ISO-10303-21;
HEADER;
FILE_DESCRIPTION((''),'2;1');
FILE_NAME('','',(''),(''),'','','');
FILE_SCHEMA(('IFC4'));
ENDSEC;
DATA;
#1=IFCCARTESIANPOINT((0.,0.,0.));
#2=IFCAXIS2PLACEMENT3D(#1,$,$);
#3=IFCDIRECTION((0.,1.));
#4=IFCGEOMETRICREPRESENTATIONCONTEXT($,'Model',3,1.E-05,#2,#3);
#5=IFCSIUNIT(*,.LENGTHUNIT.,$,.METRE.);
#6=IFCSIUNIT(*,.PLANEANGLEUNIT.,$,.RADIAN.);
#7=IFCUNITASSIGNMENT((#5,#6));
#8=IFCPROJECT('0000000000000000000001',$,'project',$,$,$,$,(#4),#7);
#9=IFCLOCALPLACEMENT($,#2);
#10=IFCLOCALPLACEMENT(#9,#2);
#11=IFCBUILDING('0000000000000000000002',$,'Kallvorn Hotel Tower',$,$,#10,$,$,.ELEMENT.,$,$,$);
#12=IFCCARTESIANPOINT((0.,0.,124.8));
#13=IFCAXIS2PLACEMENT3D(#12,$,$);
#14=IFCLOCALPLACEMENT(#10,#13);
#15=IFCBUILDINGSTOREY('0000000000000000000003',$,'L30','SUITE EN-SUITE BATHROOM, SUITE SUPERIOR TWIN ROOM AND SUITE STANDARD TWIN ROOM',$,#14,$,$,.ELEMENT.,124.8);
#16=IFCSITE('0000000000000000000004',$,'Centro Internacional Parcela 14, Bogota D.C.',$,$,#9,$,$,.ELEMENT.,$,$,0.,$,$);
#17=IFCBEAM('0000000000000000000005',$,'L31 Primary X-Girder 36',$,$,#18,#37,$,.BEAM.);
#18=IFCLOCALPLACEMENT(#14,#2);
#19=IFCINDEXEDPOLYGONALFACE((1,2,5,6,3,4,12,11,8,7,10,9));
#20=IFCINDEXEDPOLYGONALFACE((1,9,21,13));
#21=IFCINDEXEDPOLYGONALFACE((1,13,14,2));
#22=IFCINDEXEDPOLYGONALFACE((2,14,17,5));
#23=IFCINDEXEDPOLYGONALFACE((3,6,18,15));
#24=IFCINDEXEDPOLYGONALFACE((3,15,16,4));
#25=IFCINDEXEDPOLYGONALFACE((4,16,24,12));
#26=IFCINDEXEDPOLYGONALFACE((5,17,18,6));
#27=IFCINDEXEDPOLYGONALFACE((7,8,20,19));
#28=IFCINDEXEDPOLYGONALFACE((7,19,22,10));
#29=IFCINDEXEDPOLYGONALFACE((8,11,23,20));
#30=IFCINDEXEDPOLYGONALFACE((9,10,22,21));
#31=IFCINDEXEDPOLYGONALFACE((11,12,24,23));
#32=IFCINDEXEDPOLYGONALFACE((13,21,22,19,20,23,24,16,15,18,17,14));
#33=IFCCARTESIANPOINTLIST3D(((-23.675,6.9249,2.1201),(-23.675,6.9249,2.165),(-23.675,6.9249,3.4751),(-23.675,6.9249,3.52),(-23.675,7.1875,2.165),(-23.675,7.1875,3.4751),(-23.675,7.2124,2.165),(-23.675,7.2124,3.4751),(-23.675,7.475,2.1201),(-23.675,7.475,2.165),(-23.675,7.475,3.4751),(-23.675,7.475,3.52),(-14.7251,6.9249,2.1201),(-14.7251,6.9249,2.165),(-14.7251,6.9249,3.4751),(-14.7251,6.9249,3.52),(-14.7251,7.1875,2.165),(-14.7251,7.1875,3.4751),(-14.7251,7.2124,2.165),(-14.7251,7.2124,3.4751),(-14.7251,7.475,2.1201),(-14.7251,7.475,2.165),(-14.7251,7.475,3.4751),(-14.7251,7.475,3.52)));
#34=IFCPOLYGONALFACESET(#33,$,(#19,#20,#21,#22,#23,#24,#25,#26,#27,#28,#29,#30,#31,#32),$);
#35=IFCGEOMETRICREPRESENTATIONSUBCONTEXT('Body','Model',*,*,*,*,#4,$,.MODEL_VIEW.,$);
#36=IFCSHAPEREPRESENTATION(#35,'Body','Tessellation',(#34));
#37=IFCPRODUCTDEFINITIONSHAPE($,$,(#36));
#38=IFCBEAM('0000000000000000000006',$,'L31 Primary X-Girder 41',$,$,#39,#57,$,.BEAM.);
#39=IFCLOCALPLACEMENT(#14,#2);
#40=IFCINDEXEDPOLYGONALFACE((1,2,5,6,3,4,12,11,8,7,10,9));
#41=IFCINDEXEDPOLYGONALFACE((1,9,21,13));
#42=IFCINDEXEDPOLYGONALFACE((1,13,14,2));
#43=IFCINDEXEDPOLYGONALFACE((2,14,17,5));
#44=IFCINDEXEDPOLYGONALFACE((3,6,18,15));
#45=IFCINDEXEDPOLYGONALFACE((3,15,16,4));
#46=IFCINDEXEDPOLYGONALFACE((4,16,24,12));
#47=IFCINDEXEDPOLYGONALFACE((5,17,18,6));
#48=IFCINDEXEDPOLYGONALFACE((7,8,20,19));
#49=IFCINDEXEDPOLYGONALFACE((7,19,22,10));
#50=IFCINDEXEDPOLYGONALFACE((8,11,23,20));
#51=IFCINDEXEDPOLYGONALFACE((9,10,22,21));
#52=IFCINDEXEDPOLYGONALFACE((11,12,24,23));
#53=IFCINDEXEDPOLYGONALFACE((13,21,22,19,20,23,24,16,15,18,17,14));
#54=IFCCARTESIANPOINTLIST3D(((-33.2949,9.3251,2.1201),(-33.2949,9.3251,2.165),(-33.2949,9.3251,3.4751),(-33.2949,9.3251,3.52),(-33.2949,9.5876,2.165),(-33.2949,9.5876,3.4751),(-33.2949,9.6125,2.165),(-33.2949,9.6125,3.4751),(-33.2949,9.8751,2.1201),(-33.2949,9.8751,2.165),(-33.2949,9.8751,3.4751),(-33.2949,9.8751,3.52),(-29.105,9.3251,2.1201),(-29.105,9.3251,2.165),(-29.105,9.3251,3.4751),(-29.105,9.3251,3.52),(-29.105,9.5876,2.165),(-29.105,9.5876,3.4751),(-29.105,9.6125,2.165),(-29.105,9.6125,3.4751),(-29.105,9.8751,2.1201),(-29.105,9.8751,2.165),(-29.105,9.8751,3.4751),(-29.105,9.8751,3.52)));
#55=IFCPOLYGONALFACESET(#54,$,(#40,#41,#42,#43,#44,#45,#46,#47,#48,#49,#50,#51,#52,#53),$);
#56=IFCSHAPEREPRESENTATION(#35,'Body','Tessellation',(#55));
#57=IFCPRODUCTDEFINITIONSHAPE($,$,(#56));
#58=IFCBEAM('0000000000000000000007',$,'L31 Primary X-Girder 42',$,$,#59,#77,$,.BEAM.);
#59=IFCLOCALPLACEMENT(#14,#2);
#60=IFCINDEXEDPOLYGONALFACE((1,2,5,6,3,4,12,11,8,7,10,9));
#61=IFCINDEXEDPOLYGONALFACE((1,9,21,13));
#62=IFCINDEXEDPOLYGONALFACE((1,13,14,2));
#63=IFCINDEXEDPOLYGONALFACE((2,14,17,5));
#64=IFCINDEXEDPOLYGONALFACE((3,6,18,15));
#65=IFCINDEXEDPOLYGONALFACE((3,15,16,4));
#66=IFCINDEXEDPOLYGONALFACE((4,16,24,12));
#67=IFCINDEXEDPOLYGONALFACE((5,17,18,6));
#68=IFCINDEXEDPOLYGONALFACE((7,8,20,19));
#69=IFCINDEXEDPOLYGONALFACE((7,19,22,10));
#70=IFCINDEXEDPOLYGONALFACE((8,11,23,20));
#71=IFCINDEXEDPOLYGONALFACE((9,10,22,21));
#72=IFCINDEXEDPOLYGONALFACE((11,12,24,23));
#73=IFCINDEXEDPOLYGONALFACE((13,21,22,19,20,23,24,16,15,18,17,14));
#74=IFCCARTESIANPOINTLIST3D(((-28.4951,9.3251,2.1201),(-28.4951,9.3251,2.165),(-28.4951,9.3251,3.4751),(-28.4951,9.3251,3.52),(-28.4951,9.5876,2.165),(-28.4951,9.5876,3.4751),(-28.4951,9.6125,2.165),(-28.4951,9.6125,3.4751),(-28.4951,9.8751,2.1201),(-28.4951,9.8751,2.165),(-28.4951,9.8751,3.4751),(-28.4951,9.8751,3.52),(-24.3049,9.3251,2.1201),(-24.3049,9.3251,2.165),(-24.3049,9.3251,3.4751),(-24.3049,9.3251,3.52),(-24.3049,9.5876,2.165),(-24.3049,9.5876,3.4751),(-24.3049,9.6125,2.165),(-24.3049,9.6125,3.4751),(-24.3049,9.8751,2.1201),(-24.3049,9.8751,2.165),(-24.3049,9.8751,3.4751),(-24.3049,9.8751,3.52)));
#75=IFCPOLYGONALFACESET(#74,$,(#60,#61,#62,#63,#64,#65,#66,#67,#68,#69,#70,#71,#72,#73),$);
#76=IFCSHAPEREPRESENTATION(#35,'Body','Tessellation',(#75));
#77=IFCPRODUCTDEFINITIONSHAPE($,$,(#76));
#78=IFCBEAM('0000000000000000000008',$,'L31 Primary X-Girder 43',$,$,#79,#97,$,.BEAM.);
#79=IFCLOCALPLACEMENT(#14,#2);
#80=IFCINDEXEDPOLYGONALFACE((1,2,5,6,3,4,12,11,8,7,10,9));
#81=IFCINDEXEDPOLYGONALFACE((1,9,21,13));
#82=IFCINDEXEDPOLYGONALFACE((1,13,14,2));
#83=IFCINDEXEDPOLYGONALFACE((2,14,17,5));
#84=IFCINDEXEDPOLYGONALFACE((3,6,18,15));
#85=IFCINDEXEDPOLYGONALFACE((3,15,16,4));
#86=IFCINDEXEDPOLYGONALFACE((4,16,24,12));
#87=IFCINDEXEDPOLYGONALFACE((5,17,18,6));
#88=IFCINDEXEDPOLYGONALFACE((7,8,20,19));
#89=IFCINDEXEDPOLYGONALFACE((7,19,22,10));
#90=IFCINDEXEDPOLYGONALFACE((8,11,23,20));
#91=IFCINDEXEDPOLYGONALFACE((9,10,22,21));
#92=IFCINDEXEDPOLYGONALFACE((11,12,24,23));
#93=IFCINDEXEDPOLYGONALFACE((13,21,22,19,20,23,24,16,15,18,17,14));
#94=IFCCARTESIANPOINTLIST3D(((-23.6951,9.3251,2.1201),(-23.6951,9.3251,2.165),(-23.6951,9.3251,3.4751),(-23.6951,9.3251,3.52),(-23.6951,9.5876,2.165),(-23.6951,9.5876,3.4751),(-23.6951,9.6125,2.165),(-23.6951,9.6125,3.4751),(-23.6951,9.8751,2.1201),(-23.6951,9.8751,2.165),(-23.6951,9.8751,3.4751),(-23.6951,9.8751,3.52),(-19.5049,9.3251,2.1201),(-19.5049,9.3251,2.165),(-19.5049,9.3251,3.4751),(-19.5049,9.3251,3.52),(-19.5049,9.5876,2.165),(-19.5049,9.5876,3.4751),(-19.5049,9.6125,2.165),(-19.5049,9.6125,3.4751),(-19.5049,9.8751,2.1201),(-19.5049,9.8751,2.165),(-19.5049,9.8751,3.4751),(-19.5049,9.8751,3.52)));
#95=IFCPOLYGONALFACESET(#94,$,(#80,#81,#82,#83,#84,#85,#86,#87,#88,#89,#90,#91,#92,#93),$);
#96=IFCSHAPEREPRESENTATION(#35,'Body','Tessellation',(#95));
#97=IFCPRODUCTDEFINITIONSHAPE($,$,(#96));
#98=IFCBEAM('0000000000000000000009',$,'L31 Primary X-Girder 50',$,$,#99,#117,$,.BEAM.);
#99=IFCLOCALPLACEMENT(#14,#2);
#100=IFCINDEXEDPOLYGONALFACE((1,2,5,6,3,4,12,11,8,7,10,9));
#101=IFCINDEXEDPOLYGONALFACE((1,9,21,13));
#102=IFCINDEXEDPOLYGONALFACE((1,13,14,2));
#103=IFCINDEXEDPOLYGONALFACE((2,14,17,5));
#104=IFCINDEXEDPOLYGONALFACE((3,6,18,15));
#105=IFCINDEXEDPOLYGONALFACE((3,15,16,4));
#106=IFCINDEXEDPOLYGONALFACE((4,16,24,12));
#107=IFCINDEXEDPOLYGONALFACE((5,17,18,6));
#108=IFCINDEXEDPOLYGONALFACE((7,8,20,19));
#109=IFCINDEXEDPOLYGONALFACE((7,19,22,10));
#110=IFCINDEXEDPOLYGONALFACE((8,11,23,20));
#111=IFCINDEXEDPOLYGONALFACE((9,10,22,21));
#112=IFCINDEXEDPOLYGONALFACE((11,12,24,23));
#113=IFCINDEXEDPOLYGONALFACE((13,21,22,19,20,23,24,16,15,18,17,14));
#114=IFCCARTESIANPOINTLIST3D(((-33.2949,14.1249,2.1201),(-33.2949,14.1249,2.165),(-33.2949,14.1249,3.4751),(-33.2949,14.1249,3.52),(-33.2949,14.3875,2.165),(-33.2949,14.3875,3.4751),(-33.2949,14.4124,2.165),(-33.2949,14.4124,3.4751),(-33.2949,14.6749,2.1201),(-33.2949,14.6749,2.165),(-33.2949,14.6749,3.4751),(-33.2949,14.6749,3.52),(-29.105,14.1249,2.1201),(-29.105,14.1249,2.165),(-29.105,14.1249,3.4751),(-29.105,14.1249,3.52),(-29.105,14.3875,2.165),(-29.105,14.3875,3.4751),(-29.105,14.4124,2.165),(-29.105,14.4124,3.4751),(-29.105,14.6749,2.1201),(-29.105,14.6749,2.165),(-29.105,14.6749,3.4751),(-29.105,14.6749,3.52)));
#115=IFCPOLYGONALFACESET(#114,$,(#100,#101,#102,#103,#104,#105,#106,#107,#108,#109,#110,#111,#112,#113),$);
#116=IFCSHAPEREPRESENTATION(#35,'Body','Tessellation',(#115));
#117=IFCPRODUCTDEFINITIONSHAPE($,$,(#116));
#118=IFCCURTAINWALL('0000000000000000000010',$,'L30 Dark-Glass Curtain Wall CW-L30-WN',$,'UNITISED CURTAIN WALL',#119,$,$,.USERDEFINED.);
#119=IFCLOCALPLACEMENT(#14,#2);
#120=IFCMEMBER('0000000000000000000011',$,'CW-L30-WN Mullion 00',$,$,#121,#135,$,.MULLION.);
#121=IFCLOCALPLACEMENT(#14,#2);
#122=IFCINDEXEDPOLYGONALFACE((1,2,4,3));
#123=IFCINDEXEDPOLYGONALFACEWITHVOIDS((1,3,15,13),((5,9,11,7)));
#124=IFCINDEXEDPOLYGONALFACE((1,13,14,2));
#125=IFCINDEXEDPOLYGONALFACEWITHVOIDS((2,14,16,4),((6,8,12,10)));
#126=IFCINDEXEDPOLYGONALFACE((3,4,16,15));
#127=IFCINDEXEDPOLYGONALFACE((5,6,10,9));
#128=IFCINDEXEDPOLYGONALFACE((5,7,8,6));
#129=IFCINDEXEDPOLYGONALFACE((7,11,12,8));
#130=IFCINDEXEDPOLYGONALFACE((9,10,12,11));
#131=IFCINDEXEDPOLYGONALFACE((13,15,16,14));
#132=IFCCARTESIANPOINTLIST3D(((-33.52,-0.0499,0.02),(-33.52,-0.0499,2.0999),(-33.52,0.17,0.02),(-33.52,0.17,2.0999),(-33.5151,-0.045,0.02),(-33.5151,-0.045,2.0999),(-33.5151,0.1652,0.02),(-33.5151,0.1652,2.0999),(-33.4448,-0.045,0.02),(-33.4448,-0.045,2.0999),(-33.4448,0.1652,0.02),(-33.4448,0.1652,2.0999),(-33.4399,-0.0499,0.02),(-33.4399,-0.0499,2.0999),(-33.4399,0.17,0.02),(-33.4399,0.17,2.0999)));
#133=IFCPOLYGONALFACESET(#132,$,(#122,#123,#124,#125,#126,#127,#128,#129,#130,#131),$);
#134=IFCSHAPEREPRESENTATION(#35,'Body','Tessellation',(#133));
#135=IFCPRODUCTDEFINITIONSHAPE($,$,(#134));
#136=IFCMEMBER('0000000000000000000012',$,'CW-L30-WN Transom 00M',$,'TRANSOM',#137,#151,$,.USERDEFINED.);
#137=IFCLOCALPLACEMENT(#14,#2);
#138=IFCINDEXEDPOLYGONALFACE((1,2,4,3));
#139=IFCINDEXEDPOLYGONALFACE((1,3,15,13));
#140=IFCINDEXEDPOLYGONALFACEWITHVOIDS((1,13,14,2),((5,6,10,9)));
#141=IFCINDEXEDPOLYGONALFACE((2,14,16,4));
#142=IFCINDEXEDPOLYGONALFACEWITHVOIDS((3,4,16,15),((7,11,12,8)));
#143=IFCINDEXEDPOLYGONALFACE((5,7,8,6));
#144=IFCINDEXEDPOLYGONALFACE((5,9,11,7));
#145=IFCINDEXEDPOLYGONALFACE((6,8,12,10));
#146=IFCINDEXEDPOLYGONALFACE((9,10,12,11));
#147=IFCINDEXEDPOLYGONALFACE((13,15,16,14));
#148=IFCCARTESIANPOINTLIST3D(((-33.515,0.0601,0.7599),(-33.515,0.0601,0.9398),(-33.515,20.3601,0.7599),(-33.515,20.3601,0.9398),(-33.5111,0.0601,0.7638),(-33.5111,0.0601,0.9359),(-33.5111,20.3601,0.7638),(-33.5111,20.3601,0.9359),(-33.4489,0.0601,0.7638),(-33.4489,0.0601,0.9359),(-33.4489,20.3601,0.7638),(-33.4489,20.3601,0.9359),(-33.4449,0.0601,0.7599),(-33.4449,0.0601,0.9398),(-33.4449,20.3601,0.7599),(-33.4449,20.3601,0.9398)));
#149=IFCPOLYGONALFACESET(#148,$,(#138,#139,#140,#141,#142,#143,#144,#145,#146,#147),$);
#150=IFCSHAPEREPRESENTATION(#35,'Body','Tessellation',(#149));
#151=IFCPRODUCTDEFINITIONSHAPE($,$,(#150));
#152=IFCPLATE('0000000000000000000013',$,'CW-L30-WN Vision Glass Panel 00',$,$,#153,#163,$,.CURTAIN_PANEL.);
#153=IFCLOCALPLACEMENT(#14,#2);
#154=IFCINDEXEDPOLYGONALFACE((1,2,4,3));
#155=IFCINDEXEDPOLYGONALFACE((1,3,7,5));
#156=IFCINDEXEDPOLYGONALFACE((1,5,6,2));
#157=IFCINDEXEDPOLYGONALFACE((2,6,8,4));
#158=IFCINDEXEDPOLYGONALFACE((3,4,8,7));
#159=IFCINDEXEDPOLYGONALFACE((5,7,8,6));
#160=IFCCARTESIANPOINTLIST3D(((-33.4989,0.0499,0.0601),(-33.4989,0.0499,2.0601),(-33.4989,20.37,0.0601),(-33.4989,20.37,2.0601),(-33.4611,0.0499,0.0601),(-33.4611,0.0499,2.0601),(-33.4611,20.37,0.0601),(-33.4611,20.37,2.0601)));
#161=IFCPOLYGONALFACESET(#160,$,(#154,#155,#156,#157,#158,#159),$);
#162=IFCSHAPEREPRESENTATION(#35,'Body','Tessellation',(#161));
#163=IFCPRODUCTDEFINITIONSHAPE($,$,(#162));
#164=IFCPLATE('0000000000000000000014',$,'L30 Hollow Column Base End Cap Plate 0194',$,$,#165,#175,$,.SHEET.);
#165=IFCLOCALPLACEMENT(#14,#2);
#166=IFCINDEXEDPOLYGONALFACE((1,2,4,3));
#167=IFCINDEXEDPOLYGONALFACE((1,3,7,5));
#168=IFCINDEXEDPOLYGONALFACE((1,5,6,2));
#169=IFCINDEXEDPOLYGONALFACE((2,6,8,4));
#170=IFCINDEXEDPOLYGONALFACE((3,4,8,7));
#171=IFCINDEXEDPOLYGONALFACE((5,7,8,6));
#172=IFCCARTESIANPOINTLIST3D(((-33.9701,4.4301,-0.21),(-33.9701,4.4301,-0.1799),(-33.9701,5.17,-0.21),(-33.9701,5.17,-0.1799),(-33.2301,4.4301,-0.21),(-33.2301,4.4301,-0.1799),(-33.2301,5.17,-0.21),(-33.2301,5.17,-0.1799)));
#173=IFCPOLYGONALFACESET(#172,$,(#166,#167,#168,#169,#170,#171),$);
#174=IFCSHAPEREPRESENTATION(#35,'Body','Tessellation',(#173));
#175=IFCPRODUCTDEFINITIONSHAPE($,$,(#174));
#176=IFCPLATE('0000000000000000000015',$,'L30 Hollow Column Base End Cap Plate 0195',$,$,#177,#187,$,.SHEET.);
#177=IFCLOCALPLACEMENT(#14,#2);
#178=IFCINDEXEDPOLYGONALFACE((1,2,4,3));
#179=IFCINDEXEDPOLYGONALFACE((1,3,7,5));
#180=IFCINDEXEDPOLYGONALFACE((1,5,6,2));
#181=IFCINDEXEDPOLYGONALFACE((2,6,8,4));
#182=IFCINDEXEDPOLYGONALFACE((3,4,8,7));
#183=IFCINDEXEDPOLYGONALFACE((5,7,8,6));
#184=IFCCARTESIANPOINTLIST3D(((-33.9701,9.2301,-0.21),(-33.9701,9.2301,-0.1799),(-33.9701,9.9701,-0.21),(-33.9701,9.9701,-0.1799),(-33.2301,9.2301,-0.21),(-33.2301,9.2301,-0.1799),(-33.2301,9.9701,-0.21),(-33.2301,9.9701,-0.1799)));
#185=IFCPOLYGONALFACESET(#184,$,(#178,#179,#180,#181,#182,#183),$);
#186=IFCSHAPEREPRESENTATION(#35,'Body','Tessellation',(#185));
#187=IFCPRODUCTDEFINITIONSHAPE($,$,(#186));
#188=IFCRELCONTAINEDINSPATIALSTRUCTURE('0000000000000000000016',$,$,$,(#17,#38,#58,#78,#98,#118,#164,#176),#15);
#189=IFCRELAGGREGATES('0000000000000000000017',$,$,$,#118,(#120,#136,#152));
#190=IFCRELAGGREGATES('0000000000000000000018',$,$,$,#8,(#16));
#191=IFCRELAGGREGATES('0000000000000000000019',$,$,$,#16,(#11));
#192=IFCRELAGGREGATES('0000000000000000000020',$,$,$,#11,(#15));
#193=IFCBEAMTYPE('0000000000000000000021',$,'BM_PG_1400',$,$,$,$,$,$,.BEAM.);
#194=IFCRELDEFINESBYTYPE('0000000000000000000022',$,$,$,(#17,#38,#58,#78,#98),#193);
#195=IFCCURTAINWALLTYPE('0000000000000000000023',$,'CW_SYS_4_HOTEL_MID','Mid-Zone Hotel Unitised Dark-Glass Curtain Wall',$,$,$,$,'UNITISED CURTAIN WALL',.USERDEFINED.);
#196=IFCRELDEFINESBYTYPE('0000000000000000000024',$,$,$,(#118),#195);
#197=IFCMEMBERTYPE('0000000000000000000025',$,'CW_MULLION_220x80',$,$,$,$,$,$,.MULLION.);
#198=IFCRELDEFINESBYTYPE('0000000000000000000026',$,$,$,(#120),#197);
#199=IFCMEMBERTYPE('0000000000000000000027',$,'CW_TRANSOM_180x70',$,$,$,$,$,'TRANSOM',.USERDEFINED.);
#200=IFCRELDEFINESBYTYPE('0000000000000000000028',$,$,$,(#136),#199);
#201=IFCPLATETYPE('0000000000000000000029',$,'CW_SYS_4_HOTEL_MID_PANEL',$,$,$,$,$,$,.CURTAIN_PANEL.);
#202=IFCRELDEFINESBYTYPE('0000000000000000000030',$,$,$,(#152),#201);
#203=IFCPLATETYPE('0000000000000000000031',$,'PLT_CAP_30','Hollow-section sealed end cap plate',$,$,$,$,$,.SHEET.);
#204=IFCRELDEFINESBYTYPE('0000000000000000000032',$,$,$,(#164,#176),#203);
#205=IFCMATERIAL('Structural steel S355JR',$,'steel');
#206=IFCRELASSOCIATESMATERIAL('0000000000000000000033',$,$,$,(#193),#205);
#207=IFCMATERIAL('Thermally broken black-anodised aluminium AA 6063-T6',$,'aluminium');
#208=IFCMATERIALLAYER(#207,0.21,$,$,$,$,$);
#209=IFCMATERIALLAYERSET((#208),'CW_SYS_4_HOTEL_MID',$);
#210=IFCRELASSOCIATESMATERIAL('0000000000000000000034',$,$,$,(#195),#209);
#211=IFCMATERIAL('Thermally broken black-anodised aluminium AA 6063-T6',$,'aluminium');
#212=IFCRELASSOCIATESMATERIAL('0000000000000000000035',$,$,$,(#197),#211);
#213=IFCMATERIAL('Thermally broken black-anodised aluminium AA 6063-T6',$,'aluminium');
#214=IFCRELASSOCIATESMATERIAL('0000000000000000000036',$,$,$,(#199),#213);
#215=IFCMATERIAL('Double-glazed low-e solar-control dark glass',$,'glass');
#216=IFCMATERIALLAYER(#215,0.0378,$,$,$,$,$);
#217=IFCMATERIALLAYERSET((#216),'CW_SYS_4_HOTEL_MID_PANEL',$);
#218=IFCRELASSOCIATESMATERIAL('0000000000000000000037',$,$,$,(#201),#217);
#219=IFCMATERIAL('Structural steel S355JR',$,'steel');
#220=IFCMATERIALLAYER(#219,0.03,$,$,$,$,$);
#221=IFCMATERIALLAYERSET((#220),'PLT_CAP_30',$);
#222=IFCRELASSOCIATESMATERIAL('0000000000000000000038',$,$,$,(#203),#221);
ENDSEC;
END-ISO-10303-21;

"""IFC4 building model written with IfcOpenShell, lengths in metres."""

from ifc_helpers import new_model, si_unit, direction, frame, origin, origin_2d, place, context, subcontext, project, spatial, rectangle, hollow_rectangle, i_section, extrude, material, layer, layer_set, material_profile, profile_set, type_object, element, aggregate, save


model = new_model("IFC4")

# Units and contexts
model_context = context("Model", 3, precision=1e-05, world=origin(), true_north=direction((0.0, 1.0)))
body_context = subcontext(model_context, "Body", "Model", "MODEL_VIEW")
ifc_project = project(units=[si_unit("LENGTHUNIT", "METRE"), si_unit("PLANEANGLEUNIT", "RADIAN")], contexts=[model_context])

# Site, building, storey
site_placement = place(None, origin())
site = spatial("IfcSite", under=ifc_project, at=site_placement, Name="Centro Internacional Parcela 14, Bogota D.C.", CompositionType="ELEMENT", RefElevation=0.0)
building_placement = place(site_placement, origin())
building = spatial("IfcBuilding", under=site, at=building_placement, Name="Kallvorn Hotel Tower", CompositionType="ELEMENT")
storey_placement = place(building_placement, frame((0.0, 0.0, 124.8)))
storey = spatial("IfcBuildingStorey", under=building, at=storey_placement, Name="L30", Description="SUITE EN-SUITE BATHROOM, SUITE SUPERIOR TWIN ROOM AND SUITE STANDARD TWIN ROOM", CompositionType="ELEMENT", Elevation=124.8)

# Beams
ifc_material_1 = material(Name="Structural steel S355JR", Category="steel")
ifc_material_profile_1 = material_profile(ifc_material_1, i_section(OverallWidth=0.55, OverallDepth=1.3999, WebThickness=0.0249, FlangeThickness=0.0449, at=origin_2d()), Name="PG 1400x550x25x45")
ifc_profile_set_1 = profile_set([ifc_material_profile_1], Name="Structural steel S355JR")
beam_type_1 = type_object("IfcBeamType", Name="BM_PG_1400", PredefinedType="BEAM", material=ifc_profile_set_1)
beam_1_placement = place(storey_placement, frame((-23.675, 7.2, 2.8201), z_axis=(1.0, 0.0, 0.0), x_axis=(0.0, 1.0, 0.0)))
element("IfcBeam", 1, at=beam_1_placement, inside=storey, type_object=beam_type_1, Name="L31 Primary X-Girder 36", PredefinedType="BEAM", context=body_context, shape_type="SweptSolid", body=[
    extrude(i_section(OverallWidth=0.55, OverallDepth=1.3999, WebThickness=0.0249, FlangeThickness=0.0449, at=origin_2d()), origin(), (0.0, 0.0, 1.0), 8.95),
])
beam_2_placement = place(storey_placement, frame((-33.2949, 9.6001, 2.8201), z_axis=(1.0, 0.0, 0.0), x_axis=(0.0, 1.0, 0.0)))
element("IfcBeam", 2, at=beam_2_placement, inside=storey, type_object=beam_type_1, Name="L31 Primary X-Girder 41", PredefinedType="BEAM", context=body_context, shape_type="SweptSolid", body=[
    extrude(i_section(OverallWidth=0.55, OverallDepth=1.3999, WebThickness=0.0249, FlangeThickness=0.0449, at=origin_2d()), origin(), (0.0, 0.0, 1.0), 4.1899),
])
for number, where, z_axis, x_axis, name in (
    (3, (-28.4951, 9.6001, 2.8201), (1.0, 0.0, 0.0), (0.0, 1.0, 0.0), "L31 Primary X-Girder 42"),
    (4, (-23.6951, 9.6001, 2.8201), (1.0, 0.0, 0.0), (0.0, 1.0, 0.0), "L31 Primary X-Girder 43"),
):
    element("IfcBeam", number, at=place(storey_placement, frame(where, z_axis=z_axis, x_axis=x_axis)), inside=storey, type_object=beam_type_1, Name=name, PredefinedType="BEAM", context=body_context, shape_type="SweptSolid", body=[
        extrude(i_section(OverallWidth=0.55, OverallDepth=1.3999, WebThickness=0.0249, FlangeThickness=0.0449, at=origin_2d()), origin(), (0.0, 0.0, 1.0), 4.1902),
    ])
beam_3_placement = place(storey_placement, frame((-33.2949, 14.3999, 2.8201), z_axis=(1.0, 0.0, 0.0), x_axis=(0.0, 1.0, 0.0)))
element("IfcBeam", 5, at=beam_3_placement, inside=storey, type_object=beam_type_1, Name="L31 Primary X-Girder 50", PredefinedType="BEAM", context=body_context, shape_type="SweptSolid", body=[
    extrude(i_section(OverallWidth=0.55, OverallDepth=1.3999, WebThickness=0.0249, FlangeThickness=0.0449, at=origin_2d()), origin(), (0.0, 0.0, 1.0), 4.1899),
])

# Curtain wall, members, plate
ifc_material_2 = material(Name="Thermally broken black-anodised aluminium AA 6063-T6", Category="aluminium")
ifc_layer_1 = layer(ifc_material_2, 0.21)
ifc_layer_set_1 = layer_set([ifc_layer_1], Name="CW_SYS_4_HOTEL_MID")
curtain_wall_type = type_object("IfcCurtainWallType", Name="CW_SYS_4_HOTEL_MID", Description="Mid-Zone Hotel Unitised Dark-Glass Curtain Wall", ElementType="UNITISED CURTAIN WALL", PredefinedType="USERDEFINED", material=ifc_layer_set_1)
curtain_wall_placement = place(storey_placement, origin())
curtain_wall = element("IfcCurtainWall", 6, at=curtain_wall_placement, inside=storey, type_object=curtain_wall_type, Name="L30 Dark-Glass Curtain Wall CW-L30-WN", ObjectType="UNITISED CURTAIN WALL", PredefinedType="USERDEFINED")
ifc_material_3 = material(Name="Thermally broken black-anodised aluminium AA 6063-T6", Category="aluminium")
ifc_material_profile_2 = material_profile(ifc_material_3, hollow_rectangle(XDim=0.0801, YDim=0.22, WallThickness=0.0049, at=origin_2d()), Name="MUL 220x80")
ifc_profile_set_2 = profile_set([ifc_material_profile_2], Name="Thermally broken black-anodised aluminium AA 6063-T6")
member_type_1 = type_object("IfcMemberType", Name="CW_MULLION_220x80", PredefinedType="MULLION", material=ifc_profile_set_2)
member_1_placement = place(storey_placement, frame((-33.48, 0.0601, 0.02), z_axis=(0.0, 0.0, 1.0), x_axis=(1.0, 0.0, 0.0)))
member_1 = element("IfcMember", 7, at=member_1_placement, type_object=member_type_1, Name="CW-L30-WN Mullion 00", PredefinedType="MULLION", context=body_context, shape_type="SweptSolid", body=[
    extrude(hollow_rectangle(XDim=0.0801, YDim=0.22, WallThickness=0.0049, at=origin_2d()), origin(), (0.0, 0.0, 1.0), 2.0798),
])
ifc_material_4 = material(Name="Thermally broken black-anodised aluminium AA 6063-T6", Category="aluminium")
ifc_material_profile_3 = material_profile(ifc_material_4, hollow_rectangle(XDim=0.0701, YDim=0.1799, WallThickness=0.0039, at=origin_2d()), Name="TRN 180x70")
ifc_profile_set_3 = profile_set([ifc_material_profile_3], Name="Thermally broken black-anodised aluminium AA 6063-T6")
member_type_2 = type_object("IfcMemberType", Name="CW_TRANSOM_180x70", ElementType="TRANSOM", PredefinedType="USERDEFINED", material=ifc_profile_set_3)
member_2_placement = place(storey_placement, frame((-33.48, 0.0601, 0.8499), z_axis=(0.0, 1.0, 0.0), x_axis=(-1.0, 0.0, 0.0)))
member_2 = element("IfcMember", 8, at=member_2_placement, type_object=member_type_2, Name="CW-L30-WN Transom 00M", ObjectType="TRANSOM", PredefinedType="USERDEFINED", context=body_context, shape_type="SweptSolid", body=[
    extrude(hollow_rectangle(XDim=0.0701, YDim=0.1799, WallThickness=0.0039, at=origin_2d()), origin(), (0.0, 0.0, 1.0), 20.3),
])
ifc_material_5 = material(Name="Double-glazed low-e solar-control dark glass", Category="glass")
ifc_layer_2 = layer(ifc_material_5, 0.0378)
ifc_layer_set_2 = layer_set([ifc_layer_2], Name="CW_SYS_4_HOTEL_MID_PANEL")
plate_type_1 = type_object("IfcPlateType", Name="CW_SYS_4_HOTEL_MID_PANEL", PredefinedType="CURTAIN_PANEL", material=ifc_layer_set_2)
plate_placement = place(storey_placement, frame((-33.48, 10.21, 0.0601), z_axis=(0.0, 0.0, 1.0), x_axis=(0.0, 1.0, 0.0)))
plate = element("IfcPlate", 9, at=plate_placement, type_object=plate_type_1, Name="CW-L30-WN Vision Glass Panel 00", PredefinedType="CURTAIN_PANEL", context=body_context, shape_type="SweptSolid", body=[
    extrude(rectangle(XDim=20.3201, YDim=0.0378, at=origin_2d()), origin(), (0.0, 0.0, 1.0), 2.0),
])
aggregate(curtain_wall, [member_1, member_2, plate])

# Plates
ifc_material_6 = material(Name="Structural steel S355JR", Category="steel")
ifc_layer_3 = layer(ifc_material_6, 0.03)
ifc_layer_set_3 = layer_set([ifc_layer_3], Name="PLT_CAP_30")
plate_type_2 = type_object("IfcPlateType", Name="PLT_CAP_30", Description="Hollow-section sealed end cap plate", PredefinedType="SHEET", material=ifc_layer_set_3)
for number, where, z_axis, x_axis, name in (
    (10, (-33.6001, 4.8, -0.21), (0.0, 0.0, 1.0), (1.0, 0.0, 0.0), "L30 Hollow Column Base End Cap Plate 0194"),
    (11, (-33.6001, 9.6001, -0.21), (0.0, 0.0, 1.0), (1.0, 0.0, 0.0), "L30 Hollow Column Base End Cap Plate 0195"),
):
    element("IfcPlate", number, at=place(storey_placement, frame(where, z_axis=z_axis, x_axis=x_axis)), inside=storey, type_object=plate_type_2, Name=name, PredefinedType="SHEET", context=body_context, shape_type="SweptSolid", body=[
        extrude(rectangle(XDim=0.74, YDim=0.74, at=origin_2d()), origin(), (0.0, 0.0, 1.0), 0.03),
    ])

save(model, "model.ifc")
